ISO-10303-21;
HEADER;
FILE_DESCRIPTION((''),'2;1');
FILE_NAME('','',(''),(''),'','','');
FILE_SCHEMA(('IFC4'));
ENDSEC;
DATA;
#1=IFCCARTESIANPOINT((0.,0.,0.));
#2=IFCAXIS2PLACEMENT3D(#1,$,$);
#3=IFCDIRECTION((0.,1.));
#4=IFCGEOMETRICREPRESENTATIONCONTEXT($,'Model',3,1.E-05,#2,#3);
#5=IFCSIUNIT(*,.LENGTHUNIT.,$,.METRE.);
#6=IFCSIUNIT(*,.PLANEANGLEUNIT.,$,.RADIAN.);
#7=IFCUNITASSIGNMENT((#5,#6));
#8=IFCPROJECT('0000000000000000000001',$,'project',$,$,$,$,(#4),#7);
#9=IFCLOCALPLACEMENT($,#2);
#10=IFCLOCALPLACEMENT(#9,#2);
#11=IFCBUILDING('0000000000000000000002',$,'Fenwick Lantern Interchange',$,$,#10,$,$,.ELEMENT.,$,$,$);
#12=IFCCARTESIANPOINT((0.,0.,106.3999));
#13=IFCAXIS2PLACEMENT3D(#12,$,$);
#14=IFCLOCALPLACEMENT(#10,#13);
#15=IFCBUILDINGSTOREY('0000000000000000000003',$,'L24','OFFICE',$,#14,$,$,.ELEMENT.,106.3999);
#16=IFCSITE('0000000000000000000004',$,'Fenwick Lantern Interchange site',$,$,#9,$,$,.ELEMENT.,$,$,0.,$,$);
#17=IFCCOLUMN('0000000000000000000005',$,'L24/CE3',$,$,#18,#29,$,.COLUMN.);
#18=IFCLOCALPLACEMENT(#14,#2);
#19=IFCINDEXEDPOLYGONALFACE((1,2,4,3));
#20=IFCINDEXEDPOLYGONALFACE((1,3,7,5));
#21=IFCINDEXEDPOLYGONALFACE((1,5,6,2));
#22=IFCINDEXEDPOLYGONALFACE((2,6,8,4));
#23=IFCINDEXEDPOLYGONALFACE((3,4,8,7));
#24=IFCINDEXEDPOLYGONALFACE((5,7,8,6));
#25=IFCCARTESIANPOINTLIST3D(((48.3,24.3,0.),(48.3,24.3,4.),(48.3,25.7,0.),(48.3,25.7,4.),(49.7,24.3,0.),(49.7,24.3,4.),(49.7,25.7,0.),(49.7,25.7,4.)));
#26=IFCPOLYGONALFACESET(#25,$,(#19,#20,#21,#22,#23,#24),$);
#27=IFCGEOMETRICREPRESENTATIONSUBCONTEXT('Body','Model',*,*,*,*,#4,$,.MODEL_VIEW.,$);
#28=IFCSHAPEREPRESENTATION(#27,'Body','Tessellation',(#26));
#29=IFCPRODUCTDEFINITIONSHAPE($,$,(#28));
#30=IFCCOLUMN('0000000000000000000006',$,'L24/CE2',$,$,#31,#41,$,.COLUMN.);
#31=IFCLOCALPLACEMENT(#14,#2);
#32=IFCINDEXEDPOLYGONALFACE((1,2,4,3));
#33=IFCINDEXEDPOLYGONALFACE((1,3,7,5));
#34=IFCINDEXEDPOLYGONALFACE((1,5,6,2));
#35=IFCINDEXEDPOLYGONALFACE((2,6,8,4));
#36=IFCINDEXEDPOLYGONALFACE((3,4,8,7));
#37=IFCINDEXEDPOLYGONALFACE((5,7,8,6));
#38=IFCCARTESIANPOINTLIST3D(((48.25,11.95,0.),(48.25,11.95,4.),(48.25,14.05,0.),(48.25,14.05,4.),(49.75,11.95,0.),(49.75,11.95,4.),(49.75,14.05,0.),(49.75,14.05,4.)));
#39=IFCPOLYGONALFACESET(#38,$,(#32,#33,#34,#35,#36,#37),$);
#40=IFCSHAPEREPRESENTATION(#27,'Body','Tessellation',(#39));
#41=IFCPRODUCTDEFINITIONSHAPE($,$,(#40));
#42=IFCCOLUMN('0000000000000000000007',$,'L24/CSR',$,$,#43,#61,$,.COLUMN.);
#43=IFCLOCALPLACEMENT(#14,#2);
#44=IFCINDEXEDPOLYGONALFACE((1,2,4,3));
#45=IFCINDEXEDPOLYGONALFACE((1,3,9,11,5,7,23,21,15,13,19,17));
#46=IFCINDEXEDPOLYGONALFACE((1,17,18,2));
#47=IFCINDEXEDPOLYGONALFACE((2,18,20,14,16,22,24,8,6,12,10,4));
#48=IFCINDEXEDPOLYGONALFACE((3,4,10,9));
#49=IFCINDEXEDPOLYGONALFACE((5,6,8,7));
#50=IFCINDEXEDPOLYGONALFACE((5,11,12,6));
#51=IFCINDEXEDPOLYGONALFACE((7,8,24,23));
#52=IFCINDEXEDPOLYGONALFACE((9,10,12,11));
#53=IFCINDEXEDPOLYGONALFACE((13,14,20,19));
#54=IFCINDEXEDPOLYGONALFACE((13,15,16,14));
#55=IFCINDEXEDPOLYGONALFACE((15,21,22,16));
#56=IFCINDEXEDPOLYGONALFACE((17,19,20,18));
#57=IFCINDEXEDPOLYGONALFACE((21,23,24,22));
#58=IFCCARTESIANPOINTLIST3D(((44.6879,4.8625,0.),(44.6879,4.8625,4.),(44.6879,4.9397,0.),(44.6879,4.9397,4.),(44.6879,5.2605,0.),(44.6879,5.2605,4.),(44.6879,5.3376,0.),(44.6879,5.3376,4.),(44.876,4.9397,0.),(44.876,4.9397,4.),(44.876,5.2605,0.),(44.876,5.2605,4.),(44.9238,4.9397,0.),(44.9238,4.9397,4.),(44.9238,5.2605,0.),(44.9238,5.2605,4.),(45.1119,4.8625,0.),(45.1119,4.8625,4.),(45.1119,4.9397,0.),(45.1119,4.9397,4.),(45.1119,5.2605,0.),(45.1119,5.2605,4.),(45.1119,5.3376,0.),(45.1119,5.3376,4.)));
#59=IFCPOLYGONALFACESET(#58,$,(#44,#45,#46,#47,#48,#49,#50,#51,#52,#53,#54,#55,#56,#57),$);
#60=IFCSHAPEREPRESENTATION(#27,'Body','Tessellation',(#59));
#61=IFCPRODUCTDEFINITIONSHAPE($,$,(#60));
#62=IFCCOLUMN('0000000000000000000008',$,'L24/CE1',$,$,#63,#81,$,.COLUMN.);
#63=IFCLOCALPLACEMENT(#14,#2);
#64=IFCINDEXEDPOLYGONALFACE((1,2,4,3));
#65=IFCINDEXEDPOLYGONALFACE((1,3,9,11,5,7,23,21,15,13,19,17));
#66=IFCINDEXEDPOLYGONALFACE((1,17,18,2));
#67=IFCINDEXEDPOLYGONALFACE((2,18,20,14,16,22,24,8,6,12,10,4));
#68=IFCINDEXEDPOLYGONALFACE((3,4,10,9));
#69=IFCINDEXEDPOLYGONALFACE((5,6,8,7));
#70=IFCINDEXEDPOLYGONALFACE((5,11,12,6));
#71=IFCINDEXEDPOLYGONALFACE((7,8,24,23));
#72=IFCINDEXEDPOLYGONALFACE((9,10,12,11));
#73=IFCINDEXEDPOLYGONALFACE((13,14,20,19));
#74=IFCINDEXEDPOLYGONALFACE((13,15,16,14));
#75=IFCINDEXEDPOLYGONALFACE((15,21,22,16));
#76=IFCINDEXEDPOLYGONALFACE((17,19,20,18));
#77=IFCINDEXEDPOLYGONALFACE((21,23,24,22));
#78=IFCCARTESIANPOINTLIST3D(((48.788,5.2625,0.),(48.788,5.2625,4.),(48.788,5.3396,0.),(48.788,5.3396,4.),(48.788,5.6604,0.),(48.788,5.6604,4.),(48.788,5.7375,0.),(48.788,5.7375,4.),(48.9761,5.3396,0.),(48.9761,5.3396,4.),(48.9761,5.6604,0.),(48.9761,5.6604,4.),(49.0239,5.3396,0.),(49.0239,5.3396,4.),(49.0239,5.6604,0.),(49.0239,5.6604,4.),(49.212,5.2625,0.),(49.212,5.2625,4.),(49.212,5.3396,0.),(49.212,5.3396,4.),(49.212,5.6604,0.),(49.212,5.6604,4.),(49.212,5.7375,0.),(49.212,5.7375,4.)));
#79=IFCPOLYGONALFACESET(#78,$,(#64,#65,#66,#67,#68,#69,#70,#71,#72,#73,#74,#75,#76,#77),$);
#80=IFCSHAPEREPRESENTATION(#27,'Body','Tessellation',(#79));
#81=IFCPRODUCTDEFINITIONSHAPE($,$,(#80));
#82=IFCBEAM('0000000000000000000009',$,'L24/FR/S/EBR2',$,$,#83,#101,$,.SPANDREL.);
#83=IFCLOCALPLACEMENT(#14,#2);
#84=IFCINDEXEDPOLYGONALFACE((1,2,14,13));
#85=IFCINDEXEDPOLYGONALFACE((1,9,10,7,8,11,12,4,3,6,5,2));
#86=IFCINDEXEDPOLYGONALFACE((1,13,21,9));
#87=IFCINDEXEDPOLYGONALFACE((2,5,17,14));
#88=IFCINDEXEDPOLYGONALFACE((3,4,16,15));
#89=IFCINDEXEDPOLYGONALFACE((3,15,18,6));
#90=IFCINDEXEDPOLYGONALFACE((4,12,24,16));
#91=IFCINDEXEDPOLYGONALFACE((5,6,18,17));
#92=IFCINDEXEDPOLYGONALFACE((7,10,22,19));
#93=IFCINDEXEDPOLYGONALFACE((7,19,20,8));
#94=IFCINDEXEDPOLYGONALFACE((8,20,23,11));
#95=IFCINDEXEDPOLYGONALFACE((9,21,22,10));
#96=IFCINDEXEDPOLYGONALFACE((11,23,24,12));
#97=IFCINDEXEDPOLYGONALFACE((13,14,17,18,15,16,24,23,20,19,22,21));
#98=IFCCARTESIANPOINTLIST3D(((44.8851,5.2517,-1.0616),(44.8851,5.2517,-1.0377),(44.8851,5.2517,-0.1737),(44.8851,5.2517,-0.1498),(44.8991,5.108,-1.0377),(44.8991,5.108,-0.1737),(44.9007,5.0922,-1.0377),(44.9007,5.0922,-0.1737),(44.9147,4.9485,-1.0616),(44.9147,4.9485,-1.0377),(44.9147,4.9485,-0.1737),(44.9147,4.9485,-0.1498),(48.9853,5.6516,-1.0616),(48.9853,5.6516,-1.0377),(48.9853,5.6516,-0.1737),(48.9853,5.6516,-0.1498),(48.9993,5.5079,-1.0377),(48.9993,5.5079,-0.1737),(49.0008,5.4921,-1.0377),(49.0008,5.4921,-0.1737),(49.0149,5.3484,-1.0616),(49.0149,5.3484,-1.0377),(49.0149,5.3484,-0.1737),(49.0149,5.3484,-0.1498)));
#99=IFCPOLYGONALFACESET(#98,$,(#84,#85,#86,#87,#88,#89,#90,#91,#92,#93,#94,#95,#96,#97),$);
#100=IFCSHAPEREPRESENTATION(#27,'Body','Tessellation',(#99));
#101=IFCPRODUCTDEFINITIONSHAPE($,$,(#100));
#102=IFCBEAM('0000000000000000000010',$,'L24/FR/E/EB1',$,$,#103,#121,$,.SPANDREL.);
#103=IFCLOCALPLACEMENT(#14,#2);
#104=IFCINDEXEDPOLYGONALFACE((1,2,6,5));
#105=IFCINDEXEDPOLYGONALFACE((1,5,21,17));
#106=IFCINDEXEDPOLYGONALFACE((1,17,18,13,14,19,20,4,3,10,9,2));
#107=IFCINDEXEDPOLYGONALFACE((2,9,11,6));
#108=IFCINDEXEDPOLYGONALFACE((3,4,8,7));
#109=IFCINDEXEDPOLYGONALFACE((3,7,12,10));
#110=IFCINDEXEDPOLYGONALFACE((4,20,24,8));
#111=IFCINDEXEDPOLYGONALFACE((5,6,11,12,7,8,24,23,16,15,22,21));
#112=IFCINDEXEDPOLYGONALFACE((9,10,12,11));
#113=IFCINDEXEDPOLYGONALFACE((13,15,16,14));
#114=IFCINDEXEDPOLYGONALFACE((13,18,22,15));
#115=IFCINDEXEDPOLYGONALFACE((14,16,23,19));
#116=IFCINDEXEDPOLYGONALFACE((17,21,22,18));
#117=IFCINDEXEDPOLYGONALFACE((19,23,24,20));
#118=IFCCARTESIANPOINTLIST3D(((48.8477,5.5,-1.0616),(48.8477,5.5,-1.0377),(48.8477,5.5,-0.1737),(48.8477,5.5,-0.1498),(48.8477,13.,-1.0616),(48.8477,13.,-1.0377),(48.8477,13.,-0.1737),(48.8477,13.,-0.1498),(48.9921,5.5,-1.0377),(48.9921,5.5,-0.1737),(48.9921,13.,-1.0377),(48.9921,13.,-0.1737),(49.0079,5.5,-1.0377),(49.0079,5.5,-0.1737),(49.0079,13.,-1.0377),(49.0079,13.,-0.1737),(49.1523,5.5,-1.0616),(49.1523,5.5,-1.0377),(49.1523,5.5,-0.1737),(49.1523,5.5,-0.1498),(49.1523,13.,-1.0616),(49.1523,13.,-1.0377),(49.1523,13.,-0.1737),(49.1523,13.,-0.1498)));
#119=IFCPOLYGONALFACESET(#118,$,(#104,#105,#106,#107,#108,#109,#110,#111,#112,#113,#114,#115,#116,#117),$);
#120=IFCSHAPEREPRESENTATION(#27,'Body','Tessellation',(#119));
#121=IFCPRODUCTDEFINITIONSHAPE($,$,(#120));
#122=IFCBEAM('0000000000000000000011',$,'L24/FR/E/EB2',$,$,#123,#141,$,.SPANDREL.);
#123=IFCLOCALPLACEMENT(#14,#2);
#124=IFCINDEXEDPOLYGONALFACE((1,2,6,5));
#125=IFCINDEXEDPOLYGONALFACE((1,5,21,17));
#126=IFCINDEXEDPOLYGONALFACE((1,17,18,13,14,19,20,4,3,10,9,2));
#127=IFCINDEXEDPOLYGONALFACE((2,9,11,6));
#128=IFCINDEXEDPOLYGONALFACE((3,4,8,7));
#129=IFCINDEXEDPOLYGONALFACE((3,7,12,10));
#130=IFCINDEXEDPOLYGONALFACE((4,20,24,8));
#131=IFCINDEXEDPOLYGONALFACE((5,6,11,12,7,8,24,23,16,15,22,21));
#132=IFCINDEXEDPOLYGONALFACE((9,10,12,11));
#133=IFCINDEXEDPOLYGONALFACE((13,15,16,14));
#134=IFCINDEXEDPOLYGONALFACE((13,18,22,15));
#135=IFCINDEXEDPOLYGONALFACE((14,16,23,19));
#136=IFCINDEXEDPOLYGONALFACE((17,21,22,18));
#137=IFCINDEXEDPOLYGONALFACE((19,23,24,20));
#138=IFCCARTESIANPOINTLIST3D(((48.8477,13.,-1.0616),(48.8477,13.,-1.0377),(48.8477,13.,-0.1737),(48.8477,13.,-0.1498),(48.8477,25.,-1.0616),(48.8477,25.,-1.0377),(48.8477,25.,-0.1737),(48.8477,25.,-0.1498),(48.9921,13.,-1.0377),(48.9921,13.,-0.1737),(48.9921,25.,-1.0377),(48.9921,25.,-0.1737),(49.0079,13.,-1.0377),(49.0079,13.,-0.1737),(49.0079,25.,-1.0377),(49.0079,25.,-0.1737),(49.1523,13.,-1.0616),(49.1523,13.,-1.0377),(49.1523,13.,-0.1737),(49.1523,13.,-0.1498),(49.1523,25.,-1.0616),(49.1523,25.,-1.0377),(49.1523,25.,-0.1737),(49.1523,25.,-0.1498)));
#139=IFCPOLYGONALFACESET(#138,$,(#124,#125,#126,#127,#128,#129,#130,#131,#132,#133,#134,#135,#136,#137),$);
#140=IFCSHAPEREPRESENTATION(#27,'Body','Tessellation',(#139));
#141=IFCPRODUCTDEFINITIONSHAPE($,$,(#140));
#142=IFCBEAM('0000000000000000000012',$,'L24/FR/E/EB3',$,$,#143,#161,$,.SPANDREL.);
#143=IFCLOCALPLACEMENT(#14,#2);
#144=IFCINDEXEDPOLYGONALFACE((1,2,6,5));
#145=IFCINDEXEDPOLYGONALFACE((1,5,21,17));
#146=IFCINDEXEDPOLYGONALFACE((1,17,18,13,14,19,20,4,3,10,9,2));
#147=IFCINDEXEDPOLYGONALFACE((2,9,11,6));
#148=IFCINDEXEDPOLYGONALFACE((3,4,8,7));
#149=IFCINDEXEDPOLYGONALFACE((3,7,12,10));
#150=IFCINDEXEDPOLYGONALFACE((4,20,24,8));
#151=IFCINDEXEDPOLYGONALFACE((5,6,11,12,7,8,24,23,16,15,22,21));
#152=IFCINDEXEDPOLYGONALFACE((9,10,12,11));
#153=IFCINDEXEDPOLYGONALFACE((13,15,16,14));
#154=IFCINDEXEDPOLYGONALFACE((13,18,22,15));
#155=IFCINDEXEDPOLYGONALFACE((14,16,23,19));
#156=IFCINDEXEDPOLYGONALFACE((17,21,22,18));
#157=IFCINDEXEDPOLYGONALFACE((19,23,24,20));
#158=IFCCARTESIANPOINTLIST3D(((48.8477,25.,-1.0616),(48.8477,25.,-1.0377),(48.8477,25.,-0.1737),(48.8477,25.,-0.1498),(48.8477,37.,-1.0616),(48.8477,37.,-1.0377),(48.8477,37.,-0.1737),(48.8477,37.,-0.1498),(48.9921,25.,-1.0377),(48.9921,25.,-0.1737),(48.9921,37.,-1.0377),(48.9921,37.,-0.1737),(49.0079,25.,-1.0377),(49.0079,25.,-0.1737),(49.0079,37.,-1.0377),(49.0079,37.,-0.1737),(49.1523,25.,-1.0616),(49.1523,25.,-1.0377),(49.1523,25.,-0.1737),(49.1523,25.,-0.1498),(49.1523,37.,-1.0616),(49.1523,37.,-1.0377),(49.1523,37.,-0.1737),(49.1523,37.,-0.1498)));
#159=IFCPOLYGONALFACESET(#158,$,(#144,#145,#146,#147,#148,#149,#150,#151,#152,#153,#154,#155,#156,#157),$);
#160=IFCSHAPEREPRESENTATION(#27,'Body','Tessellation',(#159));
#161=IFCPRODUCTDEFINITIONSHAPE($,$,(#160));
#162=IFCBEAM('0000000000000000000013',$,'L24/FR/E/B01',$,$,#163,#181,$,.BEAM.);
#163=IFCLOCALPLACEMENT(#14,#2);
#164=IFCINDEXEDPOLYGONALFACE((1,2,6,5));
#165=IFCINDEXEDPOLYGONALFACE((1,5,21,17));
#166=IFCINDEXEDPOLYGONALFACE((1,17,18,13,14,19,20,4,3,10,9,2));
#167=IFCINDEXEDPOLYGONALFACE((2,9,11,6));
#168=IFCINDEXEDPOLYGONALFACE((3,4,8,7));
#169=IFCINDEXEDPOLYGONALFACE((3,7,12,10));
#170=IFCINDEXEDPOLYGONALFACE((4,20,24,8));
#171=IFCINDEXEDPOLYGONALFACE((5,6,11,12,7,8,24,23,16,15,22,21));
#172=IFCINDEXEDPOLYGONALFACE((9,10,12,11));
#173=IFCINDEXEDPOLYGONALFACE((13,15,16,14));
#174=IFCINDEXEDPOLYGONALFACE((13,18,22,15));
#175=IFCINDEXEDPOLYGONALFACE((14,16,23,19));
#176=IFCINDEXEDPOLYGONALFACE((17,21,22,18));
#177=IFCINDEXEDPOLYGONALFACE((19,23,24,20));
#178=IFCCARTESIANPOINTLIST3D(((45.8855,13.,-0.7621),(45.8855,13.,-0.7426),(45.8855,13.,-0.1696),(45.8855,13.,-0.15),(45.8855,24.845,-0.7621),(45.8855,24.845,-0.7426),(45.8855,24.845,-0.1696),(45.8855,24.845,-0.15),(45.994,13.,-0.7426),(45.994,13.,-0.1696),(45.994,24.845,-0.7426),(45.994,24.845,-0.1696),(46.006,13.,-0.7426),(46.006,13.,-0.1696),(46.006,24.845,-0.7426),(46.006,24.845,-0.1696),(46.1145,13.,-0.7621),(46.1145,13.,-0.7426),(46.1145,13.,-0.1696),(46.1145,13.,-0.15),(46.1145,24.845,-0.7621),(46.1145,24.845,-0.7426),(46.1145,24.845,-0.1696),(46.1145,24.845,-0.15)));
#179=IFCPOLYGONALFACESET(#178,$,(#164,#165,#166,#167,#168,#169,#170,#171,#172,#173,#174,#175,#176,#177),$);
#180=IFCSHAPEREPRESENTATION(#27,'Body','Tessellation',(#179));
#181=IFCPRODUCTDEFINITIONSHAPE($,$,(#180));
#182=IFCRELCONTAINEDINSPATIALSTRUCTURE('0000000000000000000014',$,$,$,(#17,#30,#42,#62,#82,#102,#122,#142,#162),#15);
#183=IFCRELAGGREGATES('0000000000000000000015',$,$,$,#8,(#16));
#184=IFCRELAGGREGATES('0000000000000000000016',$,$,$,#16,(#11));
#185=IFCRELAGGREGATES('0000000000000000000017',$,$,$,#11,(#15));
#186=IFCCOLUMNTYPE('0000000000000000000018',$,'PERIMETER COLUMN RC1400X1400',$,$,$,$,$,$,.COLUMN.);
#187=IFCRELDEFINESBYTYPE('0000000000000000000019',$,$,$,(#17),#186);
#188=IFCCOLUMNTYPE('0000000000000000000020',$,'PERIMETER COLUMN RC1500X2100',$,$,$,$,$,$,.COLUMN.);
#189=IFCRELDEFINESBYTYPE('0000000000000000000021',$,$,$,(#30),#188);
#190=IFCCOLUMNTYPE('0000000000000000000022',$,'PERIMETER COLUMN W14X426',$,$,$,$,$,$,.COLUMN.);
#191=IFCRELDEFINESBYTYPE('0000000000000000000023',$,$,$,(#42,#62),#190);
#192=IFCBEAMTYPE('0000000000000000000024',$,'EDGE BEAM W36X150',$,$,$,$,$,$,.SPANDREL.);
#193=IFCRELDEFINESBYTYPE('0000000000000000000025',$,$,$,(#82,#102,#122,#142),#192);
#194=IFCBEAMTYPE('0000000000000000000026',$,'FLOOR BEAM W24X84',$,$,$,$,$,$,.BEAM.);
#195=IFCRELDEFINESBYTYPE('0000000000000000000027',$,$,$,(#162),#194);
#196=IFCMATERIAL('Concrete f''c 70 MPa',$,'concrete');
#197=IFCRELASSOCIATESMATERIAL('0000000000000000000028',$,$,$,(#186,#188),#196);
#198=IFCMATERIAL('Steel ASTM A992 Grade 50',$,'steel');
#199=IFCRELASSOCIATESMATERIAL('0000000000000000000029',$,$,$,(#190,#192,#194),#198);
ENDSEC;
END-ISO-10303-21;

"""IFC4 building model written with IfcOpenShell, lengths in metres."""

from ifc_helpers import new_model, si_unit, direction, frame, origin, origin_2d, place, context, subcontext, project, spatial, rectangle, i_section, extrude, material, material_profile, profile_set, type_object, element, save


model = new_model("IFC4")

# Units and contexts
model_context = context("Model", 3, precision=1e-05, world=origin(), true_north=direction((0.0, 1.0)))
body_context = subcontext(model_context, "Body", "Model", "MODEL_VIEW")
ifc_project = project(units=[si_unit("LENGTHUNIT", "METRE"), si_unit("PLANEANGLEUNIT", "RADIAN")], contexts=[model_context])

# Site, building, storey
site_placement = place(None, origin())
site = spatial("IfcSite", under=ifc_project, at=site_placement, Name="Fenwick Lantern Interchange site", CompositionType="ELEMENT", RefElevation=0.0)
building_placement = place(site_placement, origin())
building = spatial("IfcBuilding", under=site, at=building_placement, Name="Fenwick Lantern Interchange", CompositionType="ELEMENT")
storey_placement = place(building_placement, frame((0.0, 0.0, 106.3999)))
storey = spatial("IfcBuildingStorey", under=building, at=storey_placement, Name="L24", Description="OFFICE", CompositionType="ELEMENT", Elevation=106.3999)

# Columns
ifc_material_1 = material(Name="Concrete f'c 70 MPa", Category="concrete")
ifc_material_profile_1 = material_profile(ifc_material_1, rectangle(XDim=1.3999, YDim=1.3999, at=origin_2d()), Name="RC1400X1400")
ifc_profile_set_1 = profile_set([ifc_material_profile_1], Name="Concrete f'c 70 MPa")
column_type_1 = type_object("IfcColumnType", Name="PERIMETER COLUMN RC1400X1400", PredefinedType="COLUMN", material=ifc_profile_set_1)
column_1_placement = place(storey_placement, frame((49.0, 25.0, 0.0), z_axis=(0.0, 0.0, 1.0), x_axis=(1.0, 0.0, 0.0)))
element("IfcColumn", 1, at=column_1_placement, inside=storey, type_object=column_type_1, Name="L24/CE3", PredefinedType="COLUMN", context=body_context, shape_type="SweptSolid", body=[
    extrude(rectangle(XDim=1.3999, YDim=1.3999, at=origin_2d()), origin(), (0.0, 0.0, 1.0), 4.0),
])
ifc_material_profile_2 = material_profile(ifc_material_1, rectangle(XDim=1.5, YDim=2.1001, at=origin_2d()), Name="RC1500X2100")
ifc_profile_set_2 = profile_set([ifc_material_profile_2], Name="Concrete f'c 70 MPa")
column_type_2 = type_object("IfcColumnType", Name="PERIMETER COLUMN RC1500X2100", PredefinedType="COLUMN", material=ifc_profile_set_2)
column_2_placement = place(storey_placement, frame((49.0, 13.0, 0.0), z_axis=(0.0, 0.0, 1.0), x_axis=(1.0, 0.0, 0.0)))
element("IfcColumn", 2, at=column_2_placement, inside=storey, type_object=column_type_2, Name="L24/CE2", PredefinedType="COLUMN", context=body_context, shape_type="SweptSolid", body=[
    extrude(rectangle(XDim=1.5, YDim=2.1001, at=origin_2d()), origin(), (0.0, 0.0, 1.0), 4.0),
])
ifc_material_2 = material(Name="Steel ASTM A992 Grade 50", Category="steel")
ifc_material_profile_3 = material_profile(ifc_material_2, i_section(OverallWidth=0.4241, OverallDepth=0.4751, WebThickness=0.0479, FlangeThickness=0.0771, at=origin_2d()), Name="W14X426")
ifc_profile_set_3 = profile_set([ifc_material_profile_3], Name="Steel ASTM A992 Grade 50")
column_type_3 = type_object("IfcColumnType", Name="PERIMETER COLUMN W14X426", PredefinedType="COLUMN", material=ifc_profile_set_3)
for number, where, z_axis, x_axis, name in (
    (3, (44.8999, 5.1001, 0.0), (0.0, 0.0, 1.0), (1.0, 0.0, 0.0), "L24/CSR"),
    (4, (49.0, 5.5, 0.0), (0.0, 0.0, 1.0), (1.0, 0.0, 0.0), "L24/CE1"),
):
    element("IfcColumn", number, at=place(storey_placement, frame(where, z_axis=z_axis, x_axis=x_axis)), inside=storey, type_object=column_type_3, Name=name, PredefinedType="COLUMN", context=body_context, shape_type="SweptSolid", body=[
        extrude(i_section(OverallWidth=0.4241, OverallDepth=0.4751, WebThickness=0.0479, FlangeThickness=0.0771, at=origin_2d()), origin(), (0.0, 0.0, 1.0), 4.0),
    ])

# Beams
ifc_material_profile_4 = material_profile(ifc_material_2, i_section(OverallWidth=0.3047, OverallDepth=0.9119, WebThickness=0.0159, FlangeThickness=0.0239, at=origin_2d()), Name="W36X150")
ifc_profile_set_4 = profile_set([ifc_material_profile_4], Name="Steel ASTM A992 Grade 50")
beam_type_1 = type_object("IfcBeamType", Name="EDGE BEAM W36X150", PredefinedType="SPANDREL", material=ifc_profile_set_4)
beam_1_placement = place(storey_placement, frame((44.8999, 5.1001, -0.6057), z_axis=(0.995277, 0.097074, 0.0), x_axis=(-0.097074, 0.995277, 0.0)))
element("IfcBeam", 5, at=beam_1_placement, inside=storey, type_object=beam_type_1, Name="L24/FR/S/EBR2", PredefinedType="SPANDREL", context=body_context, shape_type="SweptSolid", body=[
    extrude(i_section(OverallWidth=0.3047, OverallDepth=0.9119, WebThickness=0.0159, FlangeThickness=0.0239, at=origin_2d()), origin(), (0.0, 0.0, 1.0), 4.1196),
])
beam_2_placement = place(storey_placement, frame((49.0, 5.5, -0.6057), z_axis=(0.0, 1.0, 0.0), x_axis=(-1.0, 0.0, 0.0)))
element("IfcBeam", 6, at=beam_2_placement, inside=storey, type_object=beam_type_1, Name="L24/FR/E/EB1", PredefinedType="SPANDREL", context=body_context, shape_type="SweptSolid", body=[
    extrude(i_section(OverallWidth=0.3047, OverallDepth=0.9119, WebThickness=0.0159, FlangeThickness=0.0239, at=origin_2d()), origin(), (0.0, 0.0, 1.0), 7.5),
])
for number, where, z_axis, x_axis, name in (
    (7, (49.0, 13.0, -0.6057), (0.0, 1.0, 0.0), (-1.0, 0.0, 0.0), "L24/FR/E/EB2"),
    (8, (49.0, 25.0, -0.6057), (0.0, 1.0, 0.0), (-1.0, 0.0, 0.0), "L24/FR/E/EB3"),
):
    element("IfcBeam", number, at=place(storey_placement, frame(where, z_axis=z_axis, x_axis=x_axis)), inside=storey, type_object=beam_type_1, Name=name, PredefinedType="SPANDREL", context=body_context, shape_type="SweptSolid", body=[
        extrude(i_section(OverallWidth=0.3047, OverallDepth=0.9119, WebThickness=0.0159, FlangeThickness=0.0239, at=origin_2d()), origin(), (0.0, 0.0, 1.0), 12.0),
    ])
ifc_material_profile_5 = material_profile(ifc_material_2, i_section(OverallWidth=0.229, OverallDepth=0.6121, WebThickness=0.012, FlangeThickness=0.0195, at=origin_2d()), Name="W24X84")
ifc_profile_set_5 = profile_set([ifc_material_profile_5], Name="Steel ASTM A992 Grade 50")
beam_type_2 = type_object("IfcBeamType", Name="FLOOR BEAM W24X84", PredefinedType="BEAM", material=ifc_profile_set_5)
for number, where, z_axis, x_axis, name in (
    (9, (46.0, 13.0, -0.4561), (0.0, 1.0, 0.0), (-1.0, 0.0, 0.0), "L24/FR/E/B01"),
):
    element("IfcBeam", number, at=place(storey_placement, frame(where, z_axis=z_axis, x_axis=x_axis)), inside=storey, type_object=beam_type_2, Name=name, PredefinedType="BEAM", context=body_context, shape_type="SweptSolid", body=[
        extrude(i_section(OverallWidth=0.229, OverallDepth=0.6121, WebThickness=0.012, FlangeThickness=0.0195, at=origin_2d()), origin(), (0.0, 0.0, 1.0), 11.845),
    ])

save(model, "model.ifc")
